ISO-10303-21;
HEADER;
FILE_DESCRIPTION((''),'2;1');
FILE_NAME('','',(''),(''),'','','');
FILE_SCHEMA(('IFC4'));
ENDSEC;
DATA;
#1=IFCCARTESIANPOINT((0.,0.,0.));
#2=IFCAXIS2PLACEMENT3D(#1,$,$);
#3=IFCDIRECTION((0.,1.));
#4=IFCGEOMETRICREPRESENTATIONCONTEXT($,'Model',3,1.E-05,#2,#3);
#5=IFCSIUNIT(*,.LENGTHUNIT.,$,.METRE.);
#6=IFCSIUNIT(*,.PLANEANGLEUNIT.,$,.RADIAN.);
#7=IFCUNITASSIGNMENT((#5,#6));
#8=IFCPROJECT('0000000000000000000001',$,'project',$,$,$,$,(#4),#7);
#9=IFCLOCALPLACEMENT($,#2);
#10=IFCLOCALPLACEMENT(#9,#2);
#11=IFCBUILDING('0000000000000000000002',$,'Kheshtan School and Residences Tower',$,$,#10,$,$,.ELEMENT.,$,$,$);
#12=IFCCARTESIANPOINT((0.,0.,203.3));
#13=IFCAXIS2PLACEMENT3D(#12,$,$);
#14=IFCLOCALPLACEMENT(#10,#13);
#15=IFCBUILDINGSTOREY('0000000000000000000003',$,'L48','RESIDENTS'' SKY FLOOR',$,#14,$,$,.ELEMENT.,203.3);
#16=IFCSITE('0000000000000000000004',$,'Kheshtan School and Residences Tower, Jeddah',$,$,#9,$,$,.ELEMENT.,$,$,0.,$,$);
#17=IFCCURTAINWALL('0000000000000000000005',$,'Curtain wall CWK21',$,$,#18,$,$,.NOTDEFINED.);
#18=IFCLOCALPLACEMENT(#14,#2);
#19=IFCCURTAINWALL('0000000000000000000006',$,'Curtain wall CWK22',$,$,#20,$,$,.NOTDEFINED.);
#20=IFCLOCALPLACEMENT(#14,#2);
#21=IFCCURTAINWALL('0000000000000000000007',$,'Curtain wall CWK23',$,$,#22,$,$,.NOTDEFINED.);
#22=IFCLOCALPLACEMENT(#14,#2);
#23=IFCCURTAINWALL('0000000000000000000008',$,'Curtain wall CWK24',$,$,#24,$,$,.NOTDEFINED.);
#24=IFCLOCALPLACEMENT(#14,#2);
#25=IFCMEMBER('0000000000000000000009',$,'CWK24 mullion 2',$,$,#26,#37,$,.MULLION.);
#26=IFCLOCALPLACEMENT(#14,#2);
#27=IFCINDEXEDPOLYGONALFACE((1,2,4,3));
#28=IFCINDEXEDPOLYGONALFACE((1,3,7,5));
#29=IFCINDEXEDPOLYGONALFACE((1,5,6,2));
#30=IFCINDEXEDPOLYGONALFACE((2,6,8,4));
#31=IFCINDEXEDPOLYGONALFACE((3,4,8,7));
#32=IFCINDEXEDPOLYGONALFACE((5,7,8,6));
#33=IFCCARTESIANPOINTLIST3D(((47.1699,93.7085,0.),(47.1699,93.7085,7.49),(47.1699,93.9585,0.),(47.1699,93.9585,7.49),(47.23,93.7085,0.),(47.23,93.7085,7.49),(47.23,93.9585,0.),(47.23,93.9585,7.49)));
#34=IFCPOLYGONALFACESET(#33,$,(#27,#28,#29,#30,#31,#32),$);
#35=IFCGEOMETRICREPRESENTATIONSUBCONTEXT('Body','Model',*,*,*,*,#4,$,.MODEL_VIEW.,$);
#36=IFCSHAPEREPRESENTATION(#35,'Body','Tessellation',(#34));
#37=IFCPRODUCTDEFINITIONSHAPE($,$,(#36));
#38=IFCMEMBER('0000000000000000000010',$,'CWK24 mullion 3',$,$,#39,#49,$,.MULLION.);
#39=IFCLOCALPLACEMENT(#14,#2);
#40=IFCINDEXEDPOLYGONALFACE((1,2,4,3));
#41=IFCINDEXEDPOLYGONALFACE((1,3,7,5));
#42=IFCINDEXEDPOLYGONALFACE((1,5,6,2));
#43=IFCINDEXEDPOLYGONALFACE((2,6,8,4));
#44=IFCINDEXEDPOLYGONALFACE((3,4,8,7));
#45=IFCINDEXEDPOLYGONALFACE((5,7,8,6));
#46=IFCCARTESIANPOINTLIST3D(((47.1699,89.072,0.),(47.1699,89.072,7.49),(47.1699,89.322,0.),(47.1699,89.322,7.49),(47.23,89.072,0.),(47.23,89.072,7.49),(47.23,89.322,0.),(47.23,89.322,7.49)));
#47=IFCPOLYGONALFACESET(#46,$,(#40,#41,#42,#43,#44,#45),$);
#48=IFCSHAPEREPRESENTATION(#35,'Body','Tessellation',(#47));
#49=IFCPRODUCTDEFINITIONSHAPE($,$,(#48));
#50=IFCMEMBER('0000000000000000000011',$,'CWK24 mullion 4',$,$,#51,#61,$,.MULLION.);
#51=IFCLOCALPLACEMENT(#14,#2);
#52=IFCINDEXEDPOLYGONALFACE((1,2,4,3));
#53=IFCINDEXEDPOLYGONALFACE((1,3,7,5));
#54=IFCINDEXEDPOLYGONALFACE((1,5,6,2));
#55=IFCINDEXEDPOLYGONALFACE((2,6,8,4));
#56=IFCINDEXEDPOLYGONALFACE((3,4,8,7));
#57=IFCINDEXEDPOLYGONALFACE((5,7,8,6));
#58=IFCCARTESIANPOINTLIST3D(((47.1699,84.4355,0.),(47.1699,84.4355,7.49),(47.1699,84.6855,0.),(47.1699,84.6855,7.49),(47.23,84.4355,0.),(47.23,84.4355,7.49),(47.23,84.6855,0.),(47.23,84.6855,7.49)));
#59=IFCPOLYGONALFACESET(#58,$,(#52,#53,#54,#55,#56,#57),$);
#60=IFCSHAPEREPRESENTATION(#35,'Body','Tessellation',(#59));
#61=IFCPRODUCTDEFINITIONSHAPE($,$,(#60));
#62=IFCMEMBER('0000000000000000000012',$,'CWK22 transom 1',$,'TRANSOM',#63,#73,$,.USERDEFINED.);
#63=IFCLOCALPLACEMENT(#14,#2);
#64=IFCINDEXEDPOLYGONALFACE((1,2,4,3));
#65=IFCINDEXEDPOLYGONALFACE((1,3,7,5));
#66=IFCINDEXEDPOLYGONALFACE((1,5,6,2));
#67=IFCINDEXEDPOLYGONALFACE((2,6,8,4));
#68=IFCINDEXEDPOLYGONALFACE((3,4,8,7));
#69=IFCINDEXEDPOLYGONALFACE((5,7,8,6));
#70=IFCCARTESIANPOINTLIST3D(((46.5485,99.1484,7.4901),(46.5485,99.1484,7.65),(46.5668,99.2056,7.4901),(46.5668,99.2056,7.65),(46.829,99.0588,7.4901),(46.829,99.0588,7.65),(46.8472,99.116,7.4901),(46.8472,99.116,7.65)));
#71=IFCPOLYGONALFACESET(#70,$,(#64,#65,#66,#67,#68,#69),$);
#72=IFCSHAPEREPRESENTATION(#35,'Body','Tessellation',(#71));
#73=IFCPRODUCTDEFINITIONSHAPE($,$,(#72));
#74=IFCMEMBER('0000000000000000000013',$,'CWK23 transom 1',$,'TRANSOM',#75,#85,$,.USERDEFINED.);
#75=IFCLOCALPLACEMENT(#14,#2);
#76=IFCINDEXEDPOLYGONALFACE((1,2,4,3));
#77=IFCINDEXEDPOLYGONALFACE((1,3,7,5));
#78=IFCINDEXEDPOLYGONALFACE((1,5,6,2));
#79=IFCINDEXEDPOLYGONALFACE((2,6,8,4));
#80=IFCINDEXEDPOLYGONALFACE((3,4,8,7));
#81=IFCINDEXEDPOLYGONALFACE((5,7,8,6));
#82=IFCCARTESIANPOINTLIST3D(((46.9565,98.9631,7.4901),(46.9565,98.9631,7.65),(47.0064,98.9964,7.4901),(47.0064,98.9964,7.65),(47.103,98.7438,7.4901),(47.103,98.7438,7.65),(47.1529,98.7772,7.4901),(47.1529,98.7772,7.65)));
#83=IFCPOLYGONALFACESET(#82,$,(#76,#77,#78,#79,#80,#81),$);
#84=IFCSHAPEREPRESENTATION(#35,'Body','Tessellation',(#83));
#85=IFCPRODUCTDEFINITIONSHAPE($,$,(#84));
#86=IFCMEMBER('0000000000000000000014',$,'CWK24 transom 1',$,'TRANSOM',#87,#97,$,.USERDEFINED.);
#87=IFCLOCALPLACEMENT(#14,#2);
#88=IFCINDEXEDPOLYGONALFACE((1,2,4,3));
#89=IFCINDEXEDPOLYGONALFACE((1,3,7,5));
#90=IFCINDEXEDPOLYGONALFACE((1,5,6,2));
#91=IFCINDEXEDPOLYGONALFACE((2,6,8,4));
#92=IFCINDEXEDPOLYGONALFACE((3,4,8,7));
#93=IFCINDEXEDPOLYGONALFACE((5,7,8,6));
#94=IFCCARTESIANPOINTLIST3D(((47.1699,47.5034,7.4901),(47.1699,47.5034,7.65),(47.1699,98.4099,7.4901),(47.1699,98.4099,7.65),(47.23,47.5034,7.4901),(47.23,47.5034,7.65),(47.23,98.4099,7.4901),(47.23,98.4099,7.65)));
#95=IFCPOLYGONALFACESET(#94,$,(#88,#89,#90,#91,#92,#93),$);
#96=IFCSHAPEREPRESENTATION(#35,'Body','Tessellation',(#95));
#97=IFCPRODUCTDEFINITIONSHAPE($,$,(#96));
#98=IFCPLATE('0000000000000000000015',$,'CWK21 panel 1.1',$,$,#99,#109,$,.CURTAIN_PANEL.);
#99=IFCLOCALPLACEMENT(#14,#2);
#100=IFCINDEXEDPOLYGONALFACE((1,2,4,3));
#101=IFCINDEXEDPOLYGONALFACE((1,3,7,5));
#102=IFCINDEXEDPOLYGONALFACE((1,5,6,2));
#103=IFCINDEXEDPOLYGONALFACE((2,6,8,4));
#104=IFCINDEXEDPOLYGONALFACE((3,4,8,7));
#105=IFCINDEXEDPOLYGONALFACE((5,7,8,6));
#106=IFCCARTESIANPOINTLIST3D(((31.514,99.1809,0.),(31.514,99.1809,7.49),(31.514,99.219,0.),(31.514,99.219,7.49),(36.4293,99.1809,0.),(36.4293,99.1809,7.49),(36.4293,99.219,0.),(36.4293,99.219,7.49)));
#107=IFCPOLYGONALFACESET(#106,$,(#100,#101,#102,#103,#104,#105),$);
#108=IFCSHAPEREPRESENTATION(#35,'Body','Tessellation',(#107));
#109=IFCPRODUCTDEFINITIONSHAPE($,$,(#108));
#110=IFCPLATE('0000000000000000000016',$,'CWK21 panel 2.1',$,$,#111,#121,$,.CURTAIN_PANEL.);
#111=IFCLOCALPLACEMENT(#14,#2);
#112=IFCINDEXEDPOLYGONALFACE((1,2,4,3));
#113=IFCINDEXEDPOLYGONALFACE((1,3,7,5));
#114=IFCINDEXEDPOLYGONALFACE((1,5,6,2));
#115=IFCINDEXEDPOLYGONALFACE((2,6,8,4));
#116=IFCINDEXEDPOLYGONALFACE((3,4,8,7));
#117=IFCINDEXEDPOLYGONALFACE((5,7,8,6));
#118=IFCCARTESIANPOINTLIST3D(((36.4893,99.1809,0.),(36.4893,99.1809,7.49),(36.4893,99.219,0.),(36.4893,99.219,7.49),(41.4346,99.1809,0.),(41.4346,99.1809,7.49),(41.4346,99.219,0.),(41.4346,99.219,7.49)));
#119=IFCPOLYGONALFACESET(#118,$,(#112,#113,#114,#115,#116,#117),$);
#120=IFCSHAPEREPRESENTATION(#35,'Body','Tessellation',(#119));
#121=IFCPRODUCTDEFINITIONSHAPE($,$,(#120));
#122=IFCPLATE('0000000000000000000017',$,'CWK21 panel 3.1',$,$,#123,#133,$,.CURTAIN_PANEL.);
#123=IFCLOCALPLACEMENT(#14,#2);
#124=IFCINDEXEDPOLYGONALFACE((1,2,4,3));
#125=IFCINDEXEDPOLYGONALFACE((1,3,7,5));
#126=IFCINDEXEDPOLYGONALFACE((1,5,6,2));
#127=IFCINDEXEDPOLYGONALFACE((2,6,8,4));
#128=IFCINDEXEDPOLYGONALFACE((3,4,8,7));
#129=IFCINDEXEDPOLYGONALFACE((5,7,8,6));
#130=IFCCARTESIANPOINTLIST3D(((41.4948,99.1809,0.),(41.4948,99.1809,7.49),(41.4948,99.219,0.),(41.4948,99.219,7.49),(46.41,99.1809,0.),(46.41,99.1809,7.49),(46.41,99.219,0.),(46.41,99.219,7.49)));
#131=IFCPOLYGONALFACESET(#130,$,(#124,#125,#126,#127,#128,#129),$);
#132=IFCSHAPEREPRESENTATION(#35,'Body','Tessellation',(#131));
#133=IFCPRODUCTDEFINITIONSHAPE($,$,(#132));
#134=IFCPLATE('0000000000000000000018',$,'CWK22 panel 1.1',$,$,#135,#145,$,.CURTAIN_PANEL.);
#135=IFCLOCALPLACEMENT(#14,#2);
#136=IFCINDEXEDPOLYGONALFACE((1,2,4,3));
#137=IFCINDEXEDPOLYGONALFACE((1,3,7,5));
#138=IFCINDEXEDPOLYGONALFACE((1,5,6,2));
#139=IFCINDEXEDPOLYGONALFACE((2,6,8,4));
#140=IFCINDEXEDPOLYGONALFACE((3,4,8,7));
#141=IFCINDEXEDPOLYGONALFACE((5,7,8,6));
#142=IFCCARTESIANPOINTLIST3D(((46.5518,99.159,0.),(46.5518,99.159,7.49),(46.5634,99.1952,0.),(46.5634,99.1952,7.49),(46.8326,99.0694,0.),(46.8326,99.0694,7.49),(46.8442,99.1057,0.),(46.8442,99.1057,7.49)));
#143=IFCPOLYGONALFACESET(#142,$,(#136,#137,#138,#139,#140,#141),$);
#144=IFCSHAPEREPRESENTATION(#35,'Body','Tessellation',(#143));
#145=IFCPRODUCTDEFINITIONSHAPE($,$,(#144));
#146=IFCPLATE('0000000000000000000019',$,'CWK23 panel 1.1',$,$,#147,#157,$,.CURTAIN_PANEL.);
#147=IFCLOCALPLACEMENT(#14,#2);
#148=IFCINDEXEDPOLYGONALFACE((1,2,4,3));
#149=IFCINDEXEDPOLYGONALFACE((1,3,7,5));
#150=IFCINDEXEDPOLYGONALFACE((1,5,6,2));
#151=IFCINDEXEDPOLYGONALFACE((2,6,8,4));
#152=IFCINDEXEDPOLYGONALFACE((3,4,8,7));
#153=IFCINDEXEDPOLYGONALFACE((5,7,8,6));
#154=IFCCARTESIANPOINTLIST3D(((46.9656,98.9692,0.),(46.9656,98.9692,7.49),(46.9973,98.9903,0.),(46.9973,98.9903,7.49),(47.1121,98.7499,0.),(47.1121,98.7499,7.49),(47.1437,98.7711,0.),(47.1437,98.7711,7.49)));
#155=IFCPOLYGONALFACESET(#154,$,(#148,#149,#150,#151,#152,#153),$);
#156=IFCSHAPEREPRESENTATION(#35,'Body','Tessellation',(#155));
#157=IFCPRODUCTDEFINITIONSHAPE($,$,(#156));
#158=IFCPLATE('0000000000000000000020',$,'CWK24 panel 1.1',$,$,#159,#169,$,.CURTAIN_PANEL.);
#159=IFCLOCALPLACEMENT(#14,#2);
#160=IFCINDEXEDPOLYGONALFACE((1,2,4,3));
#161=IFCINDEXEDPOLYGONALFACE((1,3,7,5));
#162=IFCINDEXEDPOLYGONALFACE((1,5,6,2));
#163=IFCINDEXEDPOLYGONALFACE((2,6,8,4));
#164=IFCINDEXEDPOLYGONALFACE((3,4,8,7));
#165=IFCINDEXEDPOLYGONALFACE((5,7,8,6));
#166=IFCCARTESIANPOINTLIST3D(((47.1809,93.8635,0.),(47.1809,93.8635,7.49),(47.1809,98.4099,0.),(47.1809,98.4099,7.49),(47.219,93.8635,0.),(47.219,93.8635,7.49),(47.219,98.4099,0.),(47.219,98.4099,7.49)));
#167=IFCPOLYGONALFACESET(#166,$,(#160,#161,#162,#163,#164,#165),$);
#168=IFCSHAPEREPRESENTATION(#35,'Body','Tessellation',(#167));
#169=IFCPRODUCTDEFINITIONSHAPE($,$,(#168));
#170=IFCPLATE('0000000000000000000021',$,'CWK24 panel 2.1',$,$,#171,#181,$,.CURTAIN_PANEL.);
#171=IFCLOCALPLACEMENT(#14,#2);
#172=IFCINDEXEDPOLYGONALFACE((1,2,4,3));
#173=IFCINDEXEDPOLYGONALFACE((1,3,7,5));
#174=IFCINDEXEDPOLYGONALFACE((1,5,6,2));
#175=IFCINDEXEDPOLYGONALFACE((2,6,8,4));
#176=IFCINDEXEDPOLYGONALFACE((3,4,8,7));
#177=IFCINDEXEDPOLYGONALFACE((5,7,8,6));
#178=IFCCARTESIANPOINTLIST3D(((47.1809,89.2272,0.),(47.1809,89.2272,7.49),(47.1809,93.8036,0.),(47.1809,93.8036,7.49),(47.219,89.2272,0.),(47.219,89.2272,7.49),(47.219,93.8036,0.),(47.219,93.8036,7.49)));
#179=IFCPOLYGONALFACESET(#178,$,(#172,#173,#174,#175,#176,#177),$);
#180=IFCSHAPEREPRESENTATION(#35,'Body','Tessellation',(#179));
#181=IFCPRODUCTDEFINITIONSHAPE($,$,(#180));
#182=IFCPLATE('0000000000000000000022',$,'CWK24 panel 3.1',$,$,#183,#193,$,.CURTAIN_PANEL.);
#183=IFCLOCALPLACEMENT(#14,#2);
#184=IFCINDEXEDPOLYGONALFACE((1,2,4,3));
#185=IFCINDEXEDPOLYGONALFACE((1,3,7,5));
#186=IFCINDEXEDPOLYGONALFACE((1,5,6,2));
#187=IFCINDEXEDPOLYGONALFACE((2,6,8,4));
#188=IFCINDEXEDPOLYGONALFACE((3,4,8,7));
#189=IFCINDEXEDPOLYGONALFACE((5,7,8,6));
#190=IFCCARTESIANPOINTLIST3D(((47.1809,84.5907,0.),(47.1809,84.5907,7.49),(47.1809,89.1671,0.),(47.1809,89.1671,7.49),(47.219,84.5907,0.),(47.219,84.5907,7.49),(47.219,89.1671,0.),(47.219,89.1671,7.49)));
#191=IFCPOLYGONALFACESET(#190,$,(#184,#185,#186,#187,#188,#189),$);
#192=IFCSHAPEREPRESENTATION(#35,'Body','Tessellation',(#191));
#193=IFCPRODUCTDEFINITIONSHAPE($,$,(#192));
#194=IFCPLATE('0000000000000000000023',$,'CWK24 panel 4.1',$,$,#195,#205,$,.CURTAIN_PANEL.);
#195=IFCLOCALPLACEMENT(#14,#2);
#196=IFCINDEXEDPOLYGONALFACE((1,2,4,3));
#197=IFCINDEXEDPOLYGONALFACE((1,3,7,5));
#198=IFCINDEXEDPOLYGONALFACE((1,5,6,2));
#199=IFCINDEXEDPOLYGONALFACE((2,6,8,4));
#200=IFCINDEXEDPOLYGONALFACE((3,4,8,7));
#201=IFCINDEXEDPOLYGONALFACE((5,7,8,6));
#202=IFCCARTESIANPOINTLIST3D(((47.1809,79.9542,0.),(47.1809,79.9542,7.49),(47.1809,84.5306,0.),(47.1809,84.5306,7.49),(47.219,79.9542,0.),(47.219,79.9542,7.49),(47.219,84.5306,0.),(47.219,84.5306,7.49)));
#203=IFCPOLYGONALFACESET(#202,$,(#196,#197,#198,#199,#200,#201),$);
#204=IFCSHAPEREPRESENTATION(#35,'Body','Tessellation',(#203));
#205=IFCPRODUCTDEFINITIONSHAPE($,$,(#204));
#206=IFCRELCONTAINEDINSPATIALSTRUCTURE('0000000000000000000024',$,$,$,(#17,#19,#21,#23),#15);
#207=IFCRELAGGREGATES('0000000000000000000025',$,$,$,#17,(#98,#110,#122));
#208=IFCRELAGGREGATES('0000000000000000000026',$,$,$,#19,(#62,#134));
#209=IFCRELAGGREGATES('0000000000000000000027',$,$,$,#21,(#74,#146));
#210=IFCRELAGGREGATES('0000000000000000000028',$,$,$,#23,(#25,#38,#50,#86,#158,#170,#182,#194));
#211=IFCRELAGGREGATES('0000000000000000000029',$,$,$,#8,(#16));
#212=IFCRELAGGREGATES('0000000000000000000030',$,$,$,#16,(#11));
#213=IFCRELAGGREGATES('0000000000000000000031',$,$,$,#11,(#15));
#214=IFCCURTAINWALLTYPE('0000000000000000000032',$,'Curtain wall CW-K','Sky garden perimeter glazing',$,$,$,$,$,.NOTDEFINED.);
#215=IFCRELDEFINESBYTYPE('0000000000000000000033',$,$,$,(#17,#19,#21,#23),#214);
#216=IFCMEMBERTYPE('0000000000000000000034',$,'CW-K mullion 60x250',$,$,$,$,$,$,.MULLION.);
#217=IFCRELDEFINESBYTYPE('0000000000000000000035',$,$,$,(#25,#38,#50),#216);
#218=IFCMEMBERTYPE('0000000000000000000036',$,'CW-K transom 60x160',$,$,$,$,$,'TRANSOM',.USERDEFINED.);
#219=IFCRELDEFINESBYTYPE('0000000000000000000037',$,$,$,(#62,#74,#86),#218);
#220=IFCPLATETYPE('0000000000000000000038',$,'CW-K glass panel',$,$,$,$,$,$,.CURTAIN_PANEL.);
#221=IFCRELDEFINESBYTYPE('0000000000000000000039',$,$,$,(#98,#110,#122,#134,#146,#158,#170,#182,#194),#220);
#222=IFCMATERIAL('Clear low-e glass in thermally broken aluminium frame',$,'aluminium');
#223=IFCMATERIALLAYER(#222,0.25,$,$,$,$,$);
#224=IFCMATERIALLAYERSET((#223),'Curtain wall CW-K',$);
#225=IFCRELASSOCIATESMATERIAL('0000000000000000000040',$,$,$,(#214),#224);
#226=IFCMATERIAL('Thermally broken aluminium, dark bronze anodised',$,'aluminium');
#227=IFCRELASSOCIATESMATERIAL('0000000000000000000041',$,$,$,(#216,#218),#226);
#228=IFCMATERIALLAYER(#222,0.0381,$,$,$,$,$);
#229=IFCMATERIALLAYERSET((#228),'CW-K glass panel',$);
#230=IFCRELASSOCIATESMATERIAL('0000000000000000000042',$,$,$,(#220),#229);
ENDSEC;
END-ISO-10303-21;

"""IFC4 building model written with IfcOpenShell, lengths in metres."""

from ifc_helpers import new_model, si_unit, direction, frame, origin, origin_2d, place, context, subcontext, project, spatial, rectangle, extrude, material, layer, layer_set, material_profile, profile_set, type_object, element, aggregate, save


model = new_model("IFC4")

# Units and contexts
model_context = context("Model", 3, precision=1e-05, world=origin(), true_north=direction((0.0, 1.0)))
body_context = subcontext(model_context, "Body", "Model", "MODEL_VIEW")
ifc_project = project(units=[si_unit("LENGTHUNIT", "METRE"), si_unit("PLANEANGLEUNIT", "RADIAN")], contexts=[model_context])

# Site, building, storey
site_placement = place(None, origin())
site = spatial("IfcSite", under=ifc_project, at=site_placement, Name="Kheshtan School and Residences Tower, Jeddah", CompositionType="ELEMENT", RefElevation=0.0)
building_placement = place(site_placement, origin())
building = spatial("IfcBuilding", under=site, at=building_placement, Name="Kheshtan School and Residences Tower", CompositionType="ELEMENT")
storey_placement = place(building_placement, frame((0.0, 0.0, 203.3)))
storey = spatial("IfcBuildingStorey", under=building, at=storey_placement, Name="L48", Description="RESIDENTS' SKY FLOOR", CompositionType="ELEMENT", Elevation=203.3)

# Curtain walls, members
ifc_material_1 = material(Name="Clear low-e glass in thermally broken aluminium frame", Category="aluminium")
ifc_layer_1 = layer(ifc_material_1, 0.25)
ifc_layer_set_1 = layer_set([ifc_layer_1], Name="Curtain wall CW-K")
curtain_wall_type = type_object("IfcCurtainWallType", Name="Curtain wall CW-K", Description="Sky garden perimeter glazing", PredefinedType="NOTDEFINED", material=ifc_layer_set_1)
curtain_wall_1_placement = place(storey_placement, origin())
curtain_wall_1 = element("IfcCurtainWall", 1, at=curtain_wall_1_placement, inside=storey, type_object=curtain_wall_type, Name="Curtain wall CWK21", PredefinedType="NOTDEFINED")
ifc_material_2 = material(Name="Thermally broken aluminium, dark bronze anodised", Category="aluminium")
ifc_material_profile_1 = material_profile(ifc_material_2, rectangle(XDim=0.0601, YDim=0.25, at=origin_2d()), Name="CW-K mullion 60x250")
ifc_profile_set_1 = profile_set([ifc_material_profile_1], Name="Thermally broken aluminium, dark bronze anodised")
member_type_1 = type_object("IfcMemberType", Name="CW-K mullion 60x250", PredefinedType="MULLION", material=ifc_profile_set_1)
curtain_wall_2_placement = place(storey_placement, origin())
curtain_wall_2 = element("IfcCurtainWall", 2, at=curtain_wall_2_placement, inside=storey, type_object=curtain_wall_type, Name="Curtain wall CWK22", PredefinedType="NOTDEFINED")
curtain_wall_3_placement = place(storey_placement, origin())
curtain_wall_3 = element("IfcCurtainWall", 3, at=curtain_wall_3_placement, inside=storey, type_object=curtain_wall_type, Name="Curtain wall CWK23", PredefinedType="NOTDEFINED")
curtain_wall_4_placement = place(storey_placement, origin())
curtain_wall_4 = element("IfcCurtainWall", 4, at=curtain_wall_4_placement, inside=storey, type_object=curtain_wall_type, Name="Curtain wall CWK24", PredefinedType="NOTDEFINED")
member_1_placement = place(storey_placement, frame((47.2, 93.8335, 0.0), z_axis=(0.0, 0.0, 1.0), x_axis=(1.0, 0.0, 0.0)))
member_1 = element("IfcMember", 5, at=member_1_placement, type_object=member_type_1, Name="CWK24 mullion 2", PredefinedType="MULLION", context=body_context, shape_type="SweptSolid", body=[
    extrude(rectangle(XDim=0.0601, YDim=0.25, at=origin_2d()), origin(), (0.0, 0.0, 1.0), 7.49),
])
member_2_placement = place(storey_placement, frame((47.2, 89.197, 0.0), z_axis=(0.0, 0.0, 1.0), x_axis=(1.0, 0.0, 0.0)))
member_2 = element("IfcMember", 6, at=member_2_placement, type_object=member_type_1, Name="CWK24 mullion 3", PredefinedType="MULLION", context=body_context, shape_type="SweptSolid", body=[
    extrude(rectangle(XDim=0.0601, YDim=0.25, at=origin_2d()), origin(), (0.0, 0.0, 1.0), 7.49),
])
member_3_placement = place(storey_placement, frame((47.2, 84.5605, 0.0), z_axis=(0.0, 0.0, 1.0), x_axis=(1.0, 0.0, 0.0)))
member_3 = element("IfcMember", 7, at=member_3_placement, type_object=member_type_1, Name="CWK24 mullion 4", PredefinedType="MULLION", context=body_context, shape_type="SweptSolid", body=[
    extrude(rectangle(XDim=0.0601, YDim=0.25, at=origin_2d()), origin(), (0.0, 0.0, 1.0), 7.49),
])

# Members
ifc_material_profile_2 = material_profile(ifc_material_2, rectangle(XDim=0.0601, YDim=0.1599, at=origin_2d()), Name="CW-K transom 60x160")
ifc_profile_set_2 = profile_set([ifc_material_profile_2], Name="Thermally broken aluminium, dark bronze anodised")
member_type_2 = type_object("IfcMemberType", Name="CW-K transom 60x160", ElementType="TRANSOM", PredefinedType="USERDEFINED", material=ifc_profile_set_2)
member_4_placement = place(storey_placement, frame((46.5576, 99.177, 7.5701), z_axis=(0.952588, -0.304264, 0.0), x_axis=(0.304264, 0.952588, 0.0)))
member_4 = element("IfcMember", 8, at=member_4_placement, type_object=member_type_2, Name="CWK22 transom 1", ObjectType="TRANSOM", PredefinedType="USERDEFINED", context=body_context, shape_type="SweptSolid", body=[
    extrude(rectangle(XDim=0.0601, YDim=0.1599, at=origin_2d()), origin(), (0.0, 0.0, 1.0), 0.2944),
])
member_5_placement = place(storey_placement, frame((46.9814, 98.9797, 7.5701), z_axis=(0.555555, -0.83148, 0.0), x_axis=(0.83148, 0.555555, 0.0)))
member_5 = element("IfcMember", 9, at=member_5_placement, type_object=member_type_2, Name="CWK23 transom 1", ObjectType="TRANSOM", PredefinedType="USERDEFINED", context=body_context, shape_type="SweptSolid", body=[
    extrude(rectangle(XDim=0.0601, YDim=0.1599, at=origin_2d()), origin(), (0.0, 0.0, 1.0), 0.2637),
])
member_6_placement = place(storey_placement, frame((47.2, 98.4099, 7.5701), z_axis=(0.0, -1.0, 0.0), x_axis=(1.0, 0.0, 0.0)))
member_6 = element("IfcMember", 10, at=member_6_placement, type_object=member_type_2, Name="CWK24 transom 1", ObjectType="TRANSOM", PredefinedType="USERDEFINED", context=body_context, shape_type="SweptSolid", body=[
    extrude(rectangle(XDim=0.0601, YDim=0.1599, at=origin_2d()), origin(), (0.0, 0.0, 1.0), 50.9065),
])

# Plates
ifc_layer_2 = layer(ifc_material_1, 0.0381)
ifc_layer_set_2 = layer_set([ifc_layer_2], Name="CW-K glass panel")
plate_type = type_object("IfcPlateType", Name="CW-K glass panel", PredefinedType="CURTAIN_PANEL", material=ifc_layer_set_2)
plate_1_placement = place(storey_placement, frame((33.9717, 99.2, 0.0), z_axis=(0.0, 0.0, 1.0), x_axis=(1.0, 0.0, 0.0)))
plate_1 = element("IfcPlate", 11, at=plate_1_placement, type_object=plate_type, Name="CWK21 panel 1.1", PredefinedType="CURTAIN_PANEL", context=body_context, shape_type="SweptSolid", body=[
    extrude(rectangle(XDim=4.9153, YDim=0.0381, at=origin_2d()), origin(), (0.0, 0.0, 1.0), 7.49),
])
plate_2_placement = place(storey_placement, frame((38.9619, 99.2, 0.0), z_axis=(0.0, 0.0, 1.0), x_axis=(1.0, 0.0, 0.0)))
plate_2 = element("IfcPlate", 12, at=plate_2_placement, type_object=plate_type, Name="CWK21 panel 2.1", PredefinedType="CURTAIN_PANEL", context=body_context, shape_type="SweptSolid", body=[
    extrude(rectangle(XDim=4.9453, YDim=0.0381, at=origin_2d()), origin(), (0.0, 0.0, 1.0), 7.49),
])
plate_3_placement = place(storey_placement, frame((43.9524, 99.2, 0.0), z_axis=(0.0, 0.0, 1.0), x_axis=(1.0, 0.0, 0.0)))
plate_3 = element("IfcPlate", 13, at=plate_3_placement, type_object=plate_type, Name="CWK21 panel 3.1", PredefinedType="CURTAIN_PANEL", context=body_context, shape_type="SweptSolid", body=[
    extrude(rectangle(XDim=4.9153, YDim=0.0381, at=origin_2d()), origin(), (0.0, 0.0, 1.0), 7.49),
])
aggregate(curtain_wall_1, [plate_1, plate_2, plate_3])
plate_4_placement = place(storey_placement, frame((46.698, 99.1323, 0.0), z_axis=(0.0, 0.0, 1.0), x_axis=(0.952704, -0.3039, 0.0)))
plate_4 = element("IfcPlate", 14, at=plate_4_placement, type_object=plate_type, Name="CWK22 panel 1.1", PredefinedType="CURTAIN_PANEL", context=body_context, shape_type="SweptSolid", body=[
    extrude(rectangle(XDim=0.2947, YDim=0.0381, at=origin_2d()), origin(), (0.0, 0.0, 1.0), 7.49),
])
aggregate(curtain_wall_2, [member_4, plate_4])
plate_5_placement = place(storey_placement, frame((47.0547, 98.8701, 0.0), z_axis=(0.0, 0.0, 1.0), x_axis=(0.555302, -0.831649, 0.0)))
plate_5 = element("IfcPlate", 15, at=plate_5_placement, type_object=plate_type, Name="CWK23 panel 1.1", PredefinedType="CURTAIN_PANEL", context=body_context, shape_type="SweptSolid", body=[
    extrude(rectangle(XDim=0.2637, YDim=0.0381, at=origin_2d()), origin(), (0.0, 0.0, 1.0), 7.49),
])
aggregate(curtain_wall_3, [member_5, plate_5])
plate_6_placement = place(storey_placement, frame((47.2, 96.1367, 0.0), z_axis=(0.0, 0.0, 1.0), x_axis=(0.0, -1.0, 0.0)))
plate_6 = element("IfcPlate", 16, at=plate_6_placement, type_object=plate_type, Name="CWK24 panel 1.1", PredefinedType="CURTAIN_PANEL", context=body_context, shape_type="SweptSolid", body=[
    extrude(rectangle(XDim=4.5464, YDim=0.0381, at=origin_2d()), origin(), (0.0, 0.0, 1.0), 7.49),
])
plate_7_placement = place(storey_placement, frame((47.2, 91.5154, 0.0), z_axis=(0.0, 0.0, 1.0), x_axis=(0.0, -1.0, 0.0)))
plate_7 = element("IfcPlate", 17, at=plate_7_placement, type_object=plate_type, Name="CWK24 panel 2.1", PredefinedType="CURTAIN_PANEL", context=body_context, shape_type="SweptSolid", body=[
    extrude(rectangle(XDim=4.5764, YDim=0.0381, at=origin_2d()), origin(), (0.0, 0.0, 1.0), 7.49),
])
plate_8_placement = place(storey_placement, frame((47.2, 86.8789, 0.0), z_axis=(0.0, 0.0, 1.0), x_axis=(0.0, -1.0, 0.0)))
plate_8 = element("IfcPlate", 18, at=plate_8_placement, type_object=plate_type, Name="CWK24 panel 3.1", PredefinedType="CURTAIN_PANEL", context=body_context, shape_type="SweptSolid", body=[
    extrude(rectangle(XDim=4.5764, YDim=0.0381, at=origin_2d()), origin(), (0.0, 0.0, 1.0), 7.49),
])
plate_9_placement = place(storey_placement, frame((47.2, 82.2424, 0.0), z_axis=(0.0, 0.0, 1.0), x_axis=(0.0, -1.0, 0.0)))
plate_9 = element("IfcPlate", 19, at=plate_9_placement, type_object=plate_type, Name="CWK24 panel 4.1", PredefinedType="CURTAIN_PANEL", context=body_context, shape_type="SweptSolid", body=[
    extrude(rectangle(XDim=4.5764, YDim=0.0381, at=origin_2d()), origin(), (0.0, 0.0, 1.0), 7.49),
])
aggregate(curtain_wall_4, [member_1, member_2, member_3, member_6, plate_6, plate_7, plate_8, plate_9])

save(model, "model.ifc")
